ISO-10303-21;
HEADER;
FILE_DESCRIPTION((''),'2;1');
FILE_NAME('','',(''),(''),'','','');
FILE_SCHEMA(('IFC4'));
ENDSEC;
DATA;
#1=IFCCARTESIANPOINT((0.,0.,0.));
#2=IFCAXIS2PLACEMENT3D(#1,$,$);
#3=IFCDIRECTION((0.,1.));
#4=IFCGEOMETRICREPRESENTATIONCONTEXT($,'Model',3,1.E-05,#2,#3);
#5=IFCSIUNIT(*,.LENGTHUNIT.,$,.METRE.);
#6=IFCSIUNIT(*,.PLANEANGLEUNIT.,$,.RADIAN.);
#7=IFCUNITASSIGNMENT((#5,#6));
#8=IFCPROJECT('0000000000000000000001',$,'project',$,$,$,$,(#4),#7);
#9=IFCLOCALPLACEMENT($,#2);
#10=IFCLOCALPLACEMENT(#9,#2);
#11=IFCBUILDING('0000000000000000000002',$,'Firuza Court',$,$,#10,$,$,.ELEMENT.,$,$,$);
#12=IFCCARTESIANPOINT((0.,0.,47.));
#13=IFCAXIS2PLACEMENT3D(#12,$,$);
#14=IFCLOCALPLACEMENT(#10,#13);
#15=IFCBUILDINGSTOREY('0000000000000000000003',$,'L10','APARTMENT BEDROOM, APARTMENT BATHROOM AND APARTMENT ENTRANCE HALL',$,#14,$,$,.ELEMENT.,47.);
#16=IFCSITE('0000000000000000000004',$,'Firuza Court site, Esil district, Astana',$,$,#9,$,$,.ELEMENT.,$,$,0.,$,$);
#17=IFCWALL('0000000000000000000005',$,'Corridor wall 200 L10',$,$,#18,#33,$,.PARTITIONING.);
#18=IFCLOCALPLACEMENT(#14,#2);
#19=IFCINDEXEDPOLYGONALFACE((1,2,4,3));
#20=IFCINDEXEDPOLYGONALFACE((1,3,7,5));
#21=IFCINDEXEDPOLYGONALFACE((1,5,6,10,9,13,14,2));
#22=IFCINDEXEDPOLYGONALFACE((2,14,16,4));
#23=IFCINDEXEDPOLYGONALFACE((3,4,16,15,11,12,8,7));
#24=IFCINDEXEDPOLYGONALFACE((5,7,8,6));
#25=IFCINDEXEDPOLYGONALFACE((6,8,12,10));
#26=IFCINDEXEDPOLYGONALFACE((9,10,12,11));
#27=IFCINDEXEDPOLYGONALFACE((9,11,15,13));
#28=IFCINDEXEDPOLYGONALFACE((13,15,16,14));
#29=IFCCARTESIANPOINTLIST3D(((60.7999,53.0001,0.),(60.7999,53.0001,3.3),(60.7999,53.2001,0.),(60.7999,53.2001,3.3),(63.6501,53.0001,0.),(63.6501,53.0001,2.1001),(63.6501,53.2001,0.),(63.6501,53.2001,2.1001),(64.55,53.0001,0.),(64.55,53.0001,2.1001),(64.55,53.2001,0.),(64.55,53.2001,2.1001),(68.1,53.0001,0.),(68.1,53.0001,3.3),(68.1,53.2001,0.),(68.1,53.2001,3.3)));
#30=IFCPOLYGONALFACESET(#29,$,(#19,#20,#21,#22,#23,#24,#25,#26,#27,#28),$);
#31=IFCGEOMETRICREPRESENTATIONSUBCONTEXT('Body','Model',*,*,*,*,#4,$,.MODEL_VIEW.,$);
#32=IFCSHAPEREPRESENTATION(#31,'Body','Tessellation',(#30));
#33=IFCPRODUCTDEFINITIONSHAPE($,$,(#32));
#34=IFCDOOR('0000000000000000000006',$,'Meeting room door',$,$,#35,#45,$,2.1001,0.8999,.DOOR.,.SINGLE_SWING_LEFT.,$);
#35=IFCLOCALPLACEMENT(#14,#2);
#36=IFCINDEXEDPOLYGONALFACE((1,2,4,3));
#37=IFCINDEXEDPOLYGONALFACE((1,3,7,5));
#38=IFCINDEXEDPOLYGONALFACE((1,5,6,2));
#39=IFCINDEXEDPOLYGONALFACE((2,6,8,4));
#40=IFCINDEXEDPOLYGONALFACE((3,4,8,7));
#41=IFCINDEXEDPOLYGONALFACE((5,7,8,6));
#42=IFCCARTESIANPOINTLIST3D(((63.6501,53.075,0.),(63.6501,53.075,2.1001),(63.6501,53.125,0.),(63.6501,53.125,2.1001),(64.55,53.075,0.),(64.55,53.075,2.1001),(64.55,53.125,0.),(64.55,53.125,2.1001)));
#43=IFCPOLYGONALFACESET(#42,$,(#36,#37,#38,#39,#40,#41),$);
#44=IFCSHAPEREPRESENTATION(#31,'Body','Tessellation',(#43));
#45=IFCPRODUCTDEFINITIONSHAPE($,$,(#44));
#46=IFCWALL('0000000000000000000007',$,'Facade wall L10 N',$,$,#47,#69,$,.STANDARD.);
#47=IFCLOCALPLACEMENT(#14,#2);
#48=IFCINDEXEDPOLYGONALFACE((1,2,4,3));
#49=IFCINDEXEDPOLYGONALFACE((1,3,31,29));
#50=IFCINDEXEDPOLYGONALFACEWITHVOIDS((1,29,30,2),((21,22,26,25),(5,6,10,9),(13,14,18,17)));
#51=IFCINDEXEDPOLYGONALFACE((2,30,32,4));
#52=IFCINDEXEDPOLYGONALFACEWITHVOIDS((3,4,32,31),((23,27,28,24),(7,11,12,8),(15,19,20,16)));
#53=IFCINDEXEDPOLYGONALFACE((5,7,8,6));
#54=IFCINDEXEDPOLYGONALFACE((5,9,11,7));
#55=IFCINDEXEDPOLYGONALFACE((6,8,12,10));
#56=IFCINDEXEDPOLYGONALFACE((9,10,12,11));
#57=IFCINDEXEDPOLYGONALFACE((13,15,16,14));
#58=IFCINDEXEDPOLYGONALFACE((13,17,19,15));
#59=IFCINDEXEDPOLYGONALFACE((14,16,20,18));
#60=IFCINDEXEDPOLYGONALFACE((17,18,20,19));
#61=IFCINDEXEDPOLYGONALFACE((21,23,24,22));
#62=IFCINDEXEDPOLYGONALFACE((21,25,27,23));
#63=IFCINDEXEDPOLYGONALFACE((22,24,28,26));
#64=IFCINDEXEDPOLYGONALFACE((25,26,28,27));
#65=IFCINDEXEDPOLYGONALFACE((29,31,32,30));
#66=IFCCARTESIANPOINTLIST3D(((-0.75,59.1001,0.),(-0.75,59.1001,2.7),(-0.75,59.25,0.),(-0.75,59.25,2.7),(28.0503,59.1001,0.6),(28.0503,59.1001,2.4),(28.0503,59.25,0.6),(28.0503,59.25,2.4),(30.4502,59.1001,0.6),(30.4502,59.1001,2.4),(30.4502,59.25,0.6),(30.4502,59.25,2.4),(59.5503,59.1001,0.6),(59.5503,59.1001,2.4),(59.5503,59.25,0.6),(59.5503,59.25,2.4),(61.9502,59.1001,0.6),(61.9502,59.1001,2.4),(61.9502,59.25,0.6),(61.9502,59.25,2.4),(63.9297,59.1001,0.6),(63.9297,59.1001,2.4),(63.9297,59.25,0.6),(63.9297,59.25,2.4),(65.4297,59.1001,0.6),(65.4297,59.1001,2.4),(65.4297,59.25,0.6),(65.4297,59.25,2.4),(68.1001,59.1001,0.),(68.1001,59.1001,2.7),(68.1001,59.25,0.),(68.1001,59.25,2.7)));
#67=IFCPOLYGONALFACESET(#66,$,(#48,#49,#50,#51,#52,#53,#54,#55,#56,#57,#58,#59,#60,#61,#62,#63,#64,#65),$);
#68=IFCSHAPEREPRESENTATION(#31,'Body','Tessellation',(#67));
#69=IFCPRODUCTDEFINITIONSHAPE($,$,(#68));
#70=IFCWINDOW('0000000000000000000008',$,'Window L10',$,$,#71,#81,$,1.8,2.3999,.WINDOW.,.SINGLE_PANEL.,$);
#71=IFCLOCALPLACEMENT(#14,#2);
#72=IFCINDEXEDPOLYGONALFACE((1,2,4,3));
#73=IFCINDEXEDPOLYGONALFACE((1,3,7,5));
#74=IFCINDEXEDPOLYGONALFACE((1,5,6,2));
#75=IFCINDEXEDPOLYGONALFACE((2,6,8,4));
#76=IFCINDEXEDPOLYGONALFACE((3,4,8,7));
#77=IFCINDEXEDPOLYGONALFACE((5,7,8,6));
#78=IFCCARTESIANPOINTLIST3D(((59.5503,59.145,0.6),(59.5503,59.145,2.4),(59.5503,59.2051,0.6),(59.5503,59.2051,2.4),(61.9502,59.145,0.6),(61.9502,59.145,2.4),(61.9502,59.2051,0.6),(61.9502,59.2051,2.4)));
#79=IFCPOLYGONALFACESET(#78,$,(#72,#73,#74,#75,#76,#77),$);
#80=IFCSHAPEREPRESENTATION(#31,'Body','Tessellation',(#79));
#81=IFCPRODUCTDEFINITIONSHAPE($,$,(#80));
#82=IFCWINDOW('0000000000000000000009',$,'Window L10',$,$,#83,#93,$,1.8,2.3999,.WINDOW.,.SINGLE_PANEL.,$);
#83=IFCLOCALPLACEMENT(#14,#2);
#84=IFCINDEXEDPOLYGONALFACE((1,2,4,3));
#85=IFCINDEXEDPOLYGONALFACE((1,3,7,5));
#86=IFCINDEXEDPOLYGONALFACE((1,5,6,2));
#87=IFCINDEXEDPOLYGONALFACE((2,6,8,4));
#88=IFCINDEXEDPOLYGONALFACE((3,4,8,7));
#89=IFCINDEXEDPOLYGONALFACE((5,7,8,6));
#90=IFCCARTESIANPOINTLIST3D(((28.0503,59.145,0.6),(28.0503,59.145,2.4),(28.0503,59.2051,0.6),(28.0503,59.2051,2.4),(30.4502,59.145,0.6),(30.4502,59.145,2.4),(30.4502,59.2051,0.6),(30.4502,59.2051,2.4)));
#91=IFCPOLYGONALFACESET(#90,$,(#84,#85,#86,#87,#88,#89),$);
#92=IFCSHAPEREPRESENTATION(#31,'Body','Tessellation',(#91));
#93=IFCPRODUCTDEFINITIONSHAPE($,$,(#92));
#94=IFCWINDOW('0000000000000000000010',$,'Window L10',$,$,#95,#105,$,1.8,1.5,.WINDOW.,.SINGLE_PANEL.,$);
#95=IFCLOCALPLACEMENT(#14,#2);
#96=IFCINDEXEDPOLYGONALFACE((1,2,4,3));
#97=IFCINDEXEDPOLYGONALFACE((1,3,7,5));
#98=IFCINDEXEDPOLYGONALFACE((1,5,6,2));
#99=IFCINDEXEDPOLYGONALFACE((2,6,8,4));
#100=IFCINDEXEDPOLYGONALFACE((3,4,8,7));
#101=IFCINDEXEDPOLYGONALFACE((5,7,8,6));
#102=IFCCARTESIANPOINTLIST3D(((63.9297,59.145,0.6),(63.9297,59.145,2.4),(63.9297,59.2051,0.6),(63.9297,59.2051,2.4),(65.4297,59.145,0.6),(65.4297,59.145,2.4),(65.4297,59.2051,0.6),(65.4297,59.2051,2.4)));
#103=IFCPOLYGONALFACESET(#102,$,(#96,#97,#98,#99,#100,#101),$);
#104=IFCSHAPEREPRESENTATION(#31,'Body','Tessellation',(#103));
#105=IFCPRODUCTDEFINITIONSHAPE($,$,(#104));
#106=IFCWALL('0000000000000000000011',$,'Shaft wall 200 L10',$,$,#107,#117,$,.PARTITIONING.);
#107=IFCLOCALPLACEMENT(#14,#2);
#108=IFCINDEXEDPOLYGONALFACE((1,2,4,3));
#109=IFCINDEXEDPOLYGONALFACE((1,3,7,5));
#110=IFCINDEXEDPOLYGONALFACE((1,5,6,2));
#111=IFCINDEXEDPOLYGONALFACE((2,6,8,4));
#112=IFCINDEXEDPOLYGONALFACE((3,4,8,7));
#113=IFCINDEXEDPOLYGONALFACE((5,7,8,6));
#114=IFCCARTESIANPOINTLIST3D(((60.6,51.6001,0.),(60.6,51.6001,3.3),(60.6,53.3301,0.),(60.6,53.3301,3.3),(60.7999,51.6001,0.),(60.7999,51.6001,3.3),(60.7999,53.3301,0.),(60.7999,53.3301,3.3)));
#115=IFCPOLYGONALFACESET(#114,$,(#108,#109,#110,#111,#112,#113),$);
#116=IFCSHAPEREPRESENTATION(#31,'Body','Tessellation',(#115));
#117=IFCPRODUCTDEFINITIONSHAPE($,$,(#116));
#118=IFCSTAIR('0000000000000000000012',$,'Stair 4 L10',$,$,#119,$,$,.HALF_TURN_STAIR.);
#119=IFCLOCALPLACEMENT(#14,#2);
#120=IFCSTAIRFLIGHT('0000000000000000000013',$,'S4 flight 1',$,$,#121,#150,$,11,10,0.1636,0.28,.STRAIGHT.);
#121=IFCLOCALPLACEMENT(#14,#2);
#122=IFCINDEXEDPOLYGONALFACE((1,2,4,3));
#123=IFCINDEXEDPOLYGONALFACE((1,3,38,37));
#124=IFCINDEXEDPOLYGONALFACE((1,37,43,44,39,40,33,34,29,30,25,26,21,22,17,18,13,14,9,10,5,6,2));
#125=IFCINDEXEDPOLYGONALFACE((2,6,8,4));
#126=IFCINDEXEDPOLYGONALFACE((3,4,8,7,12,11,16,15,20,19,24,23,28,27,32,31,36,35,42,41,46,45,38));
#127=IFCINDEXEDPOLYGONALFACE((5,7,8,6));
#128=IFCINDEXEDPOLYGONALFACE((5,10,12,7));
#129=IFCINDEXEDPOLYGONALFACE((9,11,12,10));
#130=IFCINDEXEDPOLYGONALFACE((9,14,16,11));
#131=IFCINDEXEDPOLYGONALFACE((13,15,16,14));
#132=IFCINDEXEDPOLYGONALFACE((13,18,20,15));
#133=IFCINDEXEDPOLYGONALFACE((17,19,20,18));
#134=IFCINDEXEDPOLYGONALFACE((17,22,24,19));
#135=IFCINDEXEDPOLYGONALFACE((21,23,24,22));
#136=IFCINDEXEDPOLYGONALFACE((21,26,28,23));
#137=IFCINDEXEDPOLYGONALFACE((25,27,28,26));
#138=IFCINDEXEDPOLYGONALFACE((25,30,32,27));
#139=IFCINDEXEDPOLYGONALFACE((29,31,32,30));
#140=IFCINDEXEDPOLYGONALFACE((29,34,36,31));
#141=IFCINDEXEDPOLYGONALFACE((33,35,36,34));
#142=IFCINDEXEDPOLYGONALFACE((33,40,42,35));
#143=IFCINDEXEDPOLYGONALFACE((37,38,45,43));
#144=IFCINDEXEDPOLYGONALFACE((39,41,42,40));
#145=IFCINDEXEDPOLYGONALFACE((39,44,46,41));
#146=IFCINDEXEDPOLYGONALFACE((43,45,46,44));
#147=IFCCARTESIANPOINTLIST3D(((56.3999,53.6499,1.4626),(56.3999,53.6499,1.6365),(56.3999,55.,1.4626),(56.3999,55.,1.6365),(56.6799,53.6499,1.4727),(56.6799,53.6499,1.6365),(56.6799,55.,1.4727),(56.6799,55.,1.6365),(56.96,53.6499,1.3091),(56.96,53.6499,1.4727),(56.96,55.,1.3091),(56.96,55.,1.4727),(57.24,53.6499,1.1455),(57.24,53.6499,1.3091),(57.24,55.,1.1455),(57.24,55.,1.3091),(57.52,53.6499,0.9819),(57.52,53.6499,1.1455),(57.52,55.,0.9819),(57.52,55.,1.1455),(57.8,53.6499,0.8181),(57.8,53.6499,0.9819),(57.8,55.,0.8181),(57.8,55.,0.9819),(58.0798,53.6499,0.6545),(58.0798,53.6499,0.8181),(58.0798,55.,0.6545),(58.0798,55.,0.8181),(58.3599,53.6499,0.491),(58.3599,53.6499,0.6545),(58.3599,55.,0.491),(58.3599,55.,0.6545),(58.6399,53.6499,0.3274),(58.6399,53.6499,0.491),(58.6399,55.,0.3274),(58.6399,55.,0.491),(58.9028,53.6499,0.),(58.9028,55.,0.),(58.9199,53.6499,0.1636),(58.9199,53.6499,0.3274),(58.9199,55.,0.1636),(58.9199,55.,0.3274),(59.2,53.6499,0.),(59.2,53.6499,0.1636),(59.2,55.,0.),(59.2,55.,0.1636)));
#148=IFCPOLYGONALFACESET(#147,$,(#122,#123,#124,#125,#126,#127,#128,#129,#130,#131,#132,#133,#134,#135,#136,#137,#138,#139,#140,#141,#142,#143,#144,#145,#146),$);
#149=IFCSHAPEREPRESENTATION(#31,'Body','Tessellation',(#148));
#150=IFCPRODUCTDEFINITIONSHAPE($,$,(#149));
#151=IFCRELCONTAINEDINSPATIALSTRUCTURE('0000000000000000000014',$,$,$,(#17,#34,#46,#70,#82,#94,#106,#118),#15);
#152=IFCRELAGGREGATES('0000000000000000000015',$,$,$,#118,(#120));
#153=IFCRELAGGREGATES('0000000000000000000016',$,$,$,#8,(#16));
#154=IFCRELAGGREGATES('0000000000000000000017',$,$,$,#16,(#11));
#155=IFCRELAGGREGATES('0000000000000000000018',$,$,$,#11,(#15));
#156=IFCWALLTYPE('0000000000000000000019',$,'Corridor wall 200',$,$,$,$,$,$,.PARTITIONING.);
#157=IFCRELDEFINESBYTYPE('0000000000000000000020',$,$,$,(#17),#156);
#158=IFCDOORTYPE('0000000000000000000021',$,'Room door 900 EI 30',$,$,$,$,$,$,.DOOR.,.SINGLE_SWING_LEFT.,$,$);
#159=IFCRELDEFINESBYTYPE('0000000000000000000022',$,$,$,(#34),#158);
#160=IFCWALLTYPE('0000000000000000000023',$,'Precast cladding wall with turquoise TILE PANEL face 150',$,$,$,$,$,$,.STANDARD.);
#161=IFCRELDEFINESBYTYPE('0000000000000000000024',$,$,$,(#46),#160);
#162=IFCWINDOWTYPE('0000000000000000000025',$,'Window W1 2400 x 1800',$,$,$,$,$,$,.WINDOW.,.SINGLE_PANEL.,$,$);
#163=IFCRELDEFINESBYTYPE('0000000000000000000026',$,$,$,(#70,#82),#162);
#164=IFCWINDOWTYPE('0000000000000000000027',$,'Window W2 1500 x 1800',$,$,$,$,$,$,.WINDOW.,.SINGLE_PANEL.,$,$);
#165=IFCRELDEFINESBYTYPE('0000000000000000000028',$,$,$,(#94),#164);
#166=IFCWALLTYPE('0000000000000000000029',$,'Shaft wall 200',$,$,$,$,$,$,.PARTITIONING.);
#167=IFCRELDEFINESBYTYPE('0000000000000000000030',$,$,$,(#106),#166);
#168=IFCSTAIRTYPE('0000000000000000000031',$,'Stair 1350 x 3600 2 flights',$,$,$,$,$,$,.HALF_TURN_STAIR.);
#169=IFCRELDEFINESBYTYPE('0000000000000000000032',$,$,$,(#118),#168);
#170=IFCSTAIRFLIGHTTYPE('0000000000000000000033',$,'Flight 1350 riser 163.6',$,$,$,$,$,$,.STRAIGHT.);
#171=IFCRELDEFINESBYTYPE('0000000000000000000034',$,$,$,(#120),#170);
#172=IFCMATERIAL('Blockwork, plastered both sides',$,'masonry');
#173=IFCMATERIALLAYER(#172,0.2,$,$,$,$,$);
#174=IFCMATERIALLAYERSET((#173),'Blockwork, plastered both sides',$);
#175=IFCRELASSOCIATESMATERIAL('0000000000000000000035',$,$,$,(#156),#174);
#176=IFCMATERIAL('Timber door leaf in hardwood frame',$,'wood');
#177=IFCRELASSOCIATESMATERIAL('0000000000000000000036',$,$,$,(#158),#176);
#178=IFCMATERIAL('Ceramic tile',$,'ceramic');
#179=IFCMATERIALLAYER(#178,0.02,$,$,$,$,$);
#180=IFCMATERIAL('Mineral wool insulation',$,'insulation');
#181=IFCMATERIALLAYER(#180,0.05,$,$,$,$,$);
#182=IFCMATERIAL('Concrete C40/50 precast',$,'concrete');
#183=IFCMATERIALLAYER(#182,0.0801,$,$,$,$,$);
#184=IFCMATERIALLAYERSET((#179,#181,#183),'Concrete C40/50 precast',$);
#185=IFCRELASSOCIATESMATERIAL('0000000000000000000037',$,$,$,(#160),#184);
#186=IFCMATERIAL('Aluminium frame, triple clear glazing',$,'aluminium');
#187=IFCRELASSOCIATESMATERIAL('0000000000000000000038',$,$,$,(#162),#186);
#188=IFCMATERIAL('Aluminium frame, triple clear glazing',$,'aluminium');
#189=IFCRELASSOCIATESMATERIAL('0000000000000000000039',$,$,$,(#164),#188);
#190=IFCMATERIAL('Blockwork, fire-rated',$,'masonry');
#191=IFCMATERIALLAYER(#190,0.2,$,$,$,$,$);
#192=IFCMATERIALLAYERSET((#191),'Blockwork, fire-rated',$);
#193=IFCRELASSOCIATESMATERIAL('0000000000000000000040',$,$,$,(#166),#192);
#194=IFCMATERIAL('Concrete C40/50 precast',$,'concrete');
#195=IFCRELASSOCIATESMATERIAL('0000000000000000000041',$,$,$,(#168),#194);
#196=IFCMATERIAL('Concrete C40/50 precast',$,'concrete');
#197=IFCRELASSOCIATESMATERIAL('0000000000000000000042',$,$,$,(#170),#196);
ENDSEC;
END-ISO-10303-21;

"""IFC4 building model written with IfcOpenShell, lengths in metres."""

from ifc_helpers import new_model, si_unit, direction, frame, frame_2d, origin, place, context, subcontext, project, spatial, polyline, rectangle, outline, extrude, material, layer, layer_set, type_object, element, fill, aggregate, save


model = new_model("IFC4")

# Units and contexts
model_context = context("Model", 3, precision=1e-05, world=origin(), true_north=direction((0.0, 1.0)))
body_context = subcontext(model_context, "Body", "Model", "MODEL_VIEW")
ifc_project = project(units=[si_unit("LENGTHUNIT", "METRE"), si_unit("PLANEANGLEUNIT", "RADIAN")], contexts=[model_context])

# Site, building, storey
site_placement = place(None, origin())
site = spatial("IfcSite", under=ifc_project, at=site_placement, Name="Firuza Court site, Esil district, Astana", CompositionType="ELEMENT", RefElevation=0.0)
building_placement = place(site_placement, origin())
building = spatial("IfcBuilding", under=site, at=building_placement, Name="Firuza Court", CompositionType="ELEMENT")
storey_placement = place(building_placement, frame((0.0, 0.0, 47.0)))
storey = spatial("IfcBuildingStorey", under=building, at=storey_placement, Name="L10", Description="APARTMENT BEDROOM, APARTMENT BATHROOM AND APARTMENT ENTRANCE HALL", CompositionType="ELEMENT", Elevation=47.0)

# Wall, opening, door
ifc_material_1 = material(Name="Blockwork, plastered both sides", Category="masonry")
ifc_layer_1 = layer(ifc_material_1, 0.2)
ifc_layer_set_1 = layer_set([ifc_layer_1], Name="Blockwork, plastered both sides")
wall_type_1 = type_object("IfcWallType", Name="Corridor wall 200", PredefinedType="PARTITIONING", material=ifc_layer_set_1)
wall_1_placement = place(storey_placement, frame((60.8, 53.1001, 0.0), z_axis=(0.0, 0.0, 1.0), x_axis=(1.0, 0.0, 0.0)))
wall_1 = element("IfcWall", 1, at=wall_1_placement, inside=storey, type_object=wall_type_1, Name="Corridor wall 200 L10", PredefinedType="PARTITIONING", context=body_context, shape_type="SweptSolid", body=[
    extrude(rectangle(XDim=7.3, YDim=0.2, at=frame_2d((3.6499, 0.0))), origin(), (0.0, 0.0, 1.0), 3.3),
])
opening_1_placement = place(wall_1_placement, frame((2.8501, 0.0, 0.0)))
opening_1 = element("IfcOpeningElement", 2, at=opening_1_placement, cuts=wall_1, PredefinedType="OPENING", context=body_context, shape_type="SweptSolid", body=[
    extrude(rectangle(XDim=0.8999, YDim=2.1001, at=frame_2d((0.45, 1.05))), frame((0.0, 0.1118, 0.0), z_axis=(0.0, -1.0, 0.0), x_axis=(1.0, 0.0, 0.0)), (0.0, 0.0, 1.0), 0.2239),
])
ifc_material_2 = material(Name="Timber door leaf in hardwood frame", Category="wood")
door_type = type_object("IfcDoorType", Name="Room door 900 EI 30", OperationType="SINGLE_SWING_LEFT", PredefinedType="DOOR", material=ifc_material_2)
door_placement = place(opening_1_placement, origin())
door = element("IfcDoor", 3, at=door_placement, inside=storey, type_object=door_type, Name="Meeting room door", OperationType="SINGLE_SWING_LEFT", OverallHeight=2.1001, OverallWidth=0.8999, PredefinedType="DOOR", context=body_context, shape_type="SweptSolid", body=[
    extrude(rectangle(XDim=0.8999, YDim=2.1001, at=frame_2d((0.45, 1.05))), frame((0.0, 0.0249, 0.0), z_axis=(0.0, -1.0, 0.0), x_axis=(1.0, 0.0, 0.0)), (0.0, 0.0, 1.0), 0.05),
])
fill(opening_1, door)

# Wall, openings, windows
ifc_material_3 = material(Name="Ceramic tile", Category="ceramic")
ifc_layer_2 = layer(ifc_material_3, 0.02)
ifc_material_4 = material(Name="Mineral wool insulation", Category="insulation")
ifc_layer_3 = layer(ifc_material_4, 0.05)
ifc_material_5 = material(Name="Concrete C40/50 precast", Category="concrete")
ifc_layer_4 = layer(ifc_material_5, 0.0801)
ifc_layer_set_2 = layer_set([ifc_layer_2, ifc_layer_3, ifc_layer_4], Name="Concrete C40/50 precast")
wall_type_2 = type_object("IfcWallType", Name="Precast cladding wall with turquoise TILE PANEL face 150", PredefinedType="STANDARD", material=ifc_layer_set_2)
wall_2_placement = place(storey_placement, frame((68.1001, 59.175, 0.0), z_axis=(0.0, 0.0, 1.0), x_axis=(-1.0, 0.0, 0.0)))
wall_2 = element("IfcWall", 4, at=wall_2_placement, inside=storey, type_object=wall_type_2, Name="Facade wall L10 N", PredefinedType="STANDARD", context=body_context, shape_type="SweptSolid", body=[
    extrude(rectangle(XDim=68.8501, YDim=0.1499, at=frame_2d((34.425, 0.0))), origin(), (0.0, 0.0, 1.0), 2.7),
])
opening_2_placement = place(wall_2_placement, frame((2.6704, 0.0, 0.6001)))
opening_2 = element("IfcOpeningElement", 5, at=opening_2_placement, cuts=wall_2, PredefinedType="OPENING", context=body_context, shape_type="SweptSolid", body=[
    extrude(rectangle(XDim=1.5, YDim=1.8, at=frame_2d((0.75, 0.8999))), frame((0.0, 0.0869, 0.0), z_axis=(0.0, -1.0, 0.0), x_axis=(1.0, 0.0, 0.0)), (0.0, 0.0, 1.0), 0.1738),
])
opening_3_placement = place(wall_2_placement, frame((6.1499, 0.0, 0.6001)))
opening_3 = element("IfcOpeningElement", 6, at=opening_3_placement, cuts=wall_2, PredefinedType="OPENING", context=body_context, shape_type="SweptSolid", body=[
    extrude(rectangle(XDim=2.3999, YDim=1.8, at=frame_2d((1.2, 0.8999))), frame((0.0, 0.0869, 0.0), z_axis=(0.0, -1.0, 0.0), x_axis=(1.0, 0.0, 0.0)), (0.0, 0.0, 1.0), 0.1738),
])
opening_4_placement = place(wall_2_placement, frame((37.6499, 0.0, 0.6001)))
opening_4 = element("IfcOpeningElement", 7, at=opening_4_placement, cuts=wall_2, PredefinedType="OPENING", context=body_context, shape_type="SweptSolid", body=[
    extrude(rectangle(XDim=2.3999, YDim=1.8, at=frame_2d((1.2, 0.8999))), frame((0.0, 0.0869, 0.0), z_axis=(0.0, -1.0, 0.0), x_axis=(1.0, 0.0, 0.0)), (0.0, 0.0, 1.0), 0.1738),
])
ifc_material_6 = material(Name="Aluminium frame, triple clear glazing", Category="aluminium")
window_type_1 = type_object("IfcWindowType", Name="Window W1 2400 x 1800", PartitioningType="SINGLE_PANEL", PredefinedType="WINDOW", material=ifc_material_6)
window_1_placement = place(opening_3_placement, origin())
window_1 = element("IfcWindow", 8, at=window_1_placement, inside=storey, type_object=window_type_1, Name="Window L10", OverallHeight=1.8, OverallWidth=2.3999, PartitioningType="SINGLE_PANEL", PredefinedType="WINDOW", context=body_context, shape_type="SweptSolid", body=[
    extrude(rectangle(XDim=2.3999, YDim=1.8, at=frame_2d((1.2, 0.8999))), frame((0.0, 0.03, 0.0), z_axis=(0.0, -1.0, 0.0), x_axis=(1.0, 0.0, 0.0)), (0.0, 0.0, 1.0), 0.0601),
])
fill(opening_3, window_1)
window_2_placement = place(opening_4_placement, origin())
window_2 = element("IfcWindow", 9, at=window_2_placement, inside=storey, type_object=window_type_1, Name="Window L10", OverallHeight=1.8, OverallWidth=2.3999, PartitioningType="SINGLE_PANEL", PredefinedType="WINDOW", context=body_context, shape_type="SweptSolid", body=[
    extrude(rectangle(XDim=2.3999, YDim=1.8, at=frame_2d((1.2, 0.8999))), frame((0.0, 0.03, 0.0), z_axis=(0.0, -1.0, 0.0), x_axis=(1.0, 0.0, 0.0)), (0.0, 0.0, 1.0), 0.0601),
])
fill(opening_4, window_2)
ifc_material_7 = material(Name="Aluminium frame, triple clear glazing", Category="aluminium")
window_type_2 = type_object("IfcWindowType", Name="Window W2 1500 x 1800", PartitioningType="SINGLE_PANEL", PredefinedType="WINDOW", material=ifc_material_7)
window_3_placement = place(opening_2_placement, origin())
window_3 = element("IfcWindow", 10, at=window_3_placement, inside=storey, type_object=window_type_2, Name="Window L10", OverallHeight=1.8, OverallWidth=1.5, PartitioningType="SINGLE_PANEL", PredefinedType="WINDOW", context=body_context, shape_type="SweptSolid", body=[
    extrude(rectangle(XDim=1.5, YDim=1.8, at=frame_2d((0.75, 0.8999))), frame((0.0, 0.03, 0.0), z_axis=(0.0, -1.0, 0.0), x_axis=(1.0, 0.0, 0.0)), (0.0, 0.0, 1.0), 0.0601),
])
fill(opening_2, window_3)

# Wall
ifc_material_8 = material(Name="Blockwork, fire-rated", Category="masonry")
ifc_layer_5 = layer(ifc_material_8, 0.2)
ifc_layer_set_3 = layer_set([ifc_layer_5], Name="Blockwork, fire-rated")
wall_type_3 = type_object("IfcWallType", Name="Shaft wall 200", PredefinedType="PARTITIONING", material=ifc_layer_set_3)
wall_3_placement = place(storey_placement, frame((60.7, 51.6001, 0.0), z_axis=(0.0, 0.0, 1.0), x_axis=(0.0, 1.0, 0.0)))
element("IfcWall", 11, at=wall_3_placement, inside=storey, type_object=wall_type_3, Name="Shaft wall 200 L10", PredefinedType="PARTITIONING", context=body_context, shape_type="SweptSolid", body=[
    extrude(rectangle(XDim=1.73, YDim=0.2, at=frame_2d((0.865, 0.0))), origin(), (0.0, 0.0, 1.0), 3.3),
])

# Stair, stair flight
ifc_material_9 = material(Name="Concrete C40/50 precast", Category="concrete")
stair_type = type_object("IfcStairType", Name="Stair 1350 x 3600 2 flights", PredefinedType="HALF_TURN_STAIR", material=ifc_material_9)
stair_placement = place(storey_placement, origin())
stair = element("IfcStair", 12, at=stair_placement, inside=storey, type_object=stair_type, Name="Stair 4 L10", PredefinedType="HALF_TURN_STAIR")
ifc_material_10 = material(Name="Concrete C40/50 precast", Category="concrete")
stair_flight_type = type_object("IfcStairFlightType", Name="Flight 1350 riser 163.6", PredefinedType="STRAIGHT", material=ifc_material_10)
stair_flight_1_placement = place(storey_placement, frame((59.2, 54.325, 0.0), z_axis=(0.0, 0.0, 1.0), x_axis=(-1.0, 0.0, 0.0)))
stair_flight_1 = element("IfcStairFlight", 13, at=stair_flight_1_placement, type_object=stair_flight_type, Name="S4 flight 1", NumberOfRisers=11, NumberOfTreads=10, PredefinedType="STRAIGHT", RiserHeight=0.1636, TreadLength=0.28, context=body_context, shape_type="SweptSolid", body=[
    extrude(outline(polyline([(0.0, 0.0), (0.0, 0.1636), (0.28, 0.1636), (0.28, 0.3274), (0.5601, 0.3274), (0.5601, 0.491), (0.8401, 0.491), (0.8401, 0.6545), (1.1201, 0.6545), (1.1201, 0.8181), (1.3999, 0.8181), (1.3999, 0.9819), (1.6799, 0.9819), (1.6799, 1.1455), (1.96, 1.1455), (1.96, 1.3091), (2.24, 1.3091), (2.24, 1.4727), (2.52, 1.4727), (2.52, 1.6365), (2.8, 1.6365), (2.8, 1.8), (2.8, 1.4626), (0.2971, 0.0), (0.0, 0.0)])), frame((0.0, 0.675, 0.0), z_axis=(0.0, -1.0, 0.0), x_axis=(1.0, 0.0, 0.0)), (0.0, 0.0, 1.0), 1.3501),
])
aggregate(stair, [stair_flight_1])

save(model, "model.ifc")
